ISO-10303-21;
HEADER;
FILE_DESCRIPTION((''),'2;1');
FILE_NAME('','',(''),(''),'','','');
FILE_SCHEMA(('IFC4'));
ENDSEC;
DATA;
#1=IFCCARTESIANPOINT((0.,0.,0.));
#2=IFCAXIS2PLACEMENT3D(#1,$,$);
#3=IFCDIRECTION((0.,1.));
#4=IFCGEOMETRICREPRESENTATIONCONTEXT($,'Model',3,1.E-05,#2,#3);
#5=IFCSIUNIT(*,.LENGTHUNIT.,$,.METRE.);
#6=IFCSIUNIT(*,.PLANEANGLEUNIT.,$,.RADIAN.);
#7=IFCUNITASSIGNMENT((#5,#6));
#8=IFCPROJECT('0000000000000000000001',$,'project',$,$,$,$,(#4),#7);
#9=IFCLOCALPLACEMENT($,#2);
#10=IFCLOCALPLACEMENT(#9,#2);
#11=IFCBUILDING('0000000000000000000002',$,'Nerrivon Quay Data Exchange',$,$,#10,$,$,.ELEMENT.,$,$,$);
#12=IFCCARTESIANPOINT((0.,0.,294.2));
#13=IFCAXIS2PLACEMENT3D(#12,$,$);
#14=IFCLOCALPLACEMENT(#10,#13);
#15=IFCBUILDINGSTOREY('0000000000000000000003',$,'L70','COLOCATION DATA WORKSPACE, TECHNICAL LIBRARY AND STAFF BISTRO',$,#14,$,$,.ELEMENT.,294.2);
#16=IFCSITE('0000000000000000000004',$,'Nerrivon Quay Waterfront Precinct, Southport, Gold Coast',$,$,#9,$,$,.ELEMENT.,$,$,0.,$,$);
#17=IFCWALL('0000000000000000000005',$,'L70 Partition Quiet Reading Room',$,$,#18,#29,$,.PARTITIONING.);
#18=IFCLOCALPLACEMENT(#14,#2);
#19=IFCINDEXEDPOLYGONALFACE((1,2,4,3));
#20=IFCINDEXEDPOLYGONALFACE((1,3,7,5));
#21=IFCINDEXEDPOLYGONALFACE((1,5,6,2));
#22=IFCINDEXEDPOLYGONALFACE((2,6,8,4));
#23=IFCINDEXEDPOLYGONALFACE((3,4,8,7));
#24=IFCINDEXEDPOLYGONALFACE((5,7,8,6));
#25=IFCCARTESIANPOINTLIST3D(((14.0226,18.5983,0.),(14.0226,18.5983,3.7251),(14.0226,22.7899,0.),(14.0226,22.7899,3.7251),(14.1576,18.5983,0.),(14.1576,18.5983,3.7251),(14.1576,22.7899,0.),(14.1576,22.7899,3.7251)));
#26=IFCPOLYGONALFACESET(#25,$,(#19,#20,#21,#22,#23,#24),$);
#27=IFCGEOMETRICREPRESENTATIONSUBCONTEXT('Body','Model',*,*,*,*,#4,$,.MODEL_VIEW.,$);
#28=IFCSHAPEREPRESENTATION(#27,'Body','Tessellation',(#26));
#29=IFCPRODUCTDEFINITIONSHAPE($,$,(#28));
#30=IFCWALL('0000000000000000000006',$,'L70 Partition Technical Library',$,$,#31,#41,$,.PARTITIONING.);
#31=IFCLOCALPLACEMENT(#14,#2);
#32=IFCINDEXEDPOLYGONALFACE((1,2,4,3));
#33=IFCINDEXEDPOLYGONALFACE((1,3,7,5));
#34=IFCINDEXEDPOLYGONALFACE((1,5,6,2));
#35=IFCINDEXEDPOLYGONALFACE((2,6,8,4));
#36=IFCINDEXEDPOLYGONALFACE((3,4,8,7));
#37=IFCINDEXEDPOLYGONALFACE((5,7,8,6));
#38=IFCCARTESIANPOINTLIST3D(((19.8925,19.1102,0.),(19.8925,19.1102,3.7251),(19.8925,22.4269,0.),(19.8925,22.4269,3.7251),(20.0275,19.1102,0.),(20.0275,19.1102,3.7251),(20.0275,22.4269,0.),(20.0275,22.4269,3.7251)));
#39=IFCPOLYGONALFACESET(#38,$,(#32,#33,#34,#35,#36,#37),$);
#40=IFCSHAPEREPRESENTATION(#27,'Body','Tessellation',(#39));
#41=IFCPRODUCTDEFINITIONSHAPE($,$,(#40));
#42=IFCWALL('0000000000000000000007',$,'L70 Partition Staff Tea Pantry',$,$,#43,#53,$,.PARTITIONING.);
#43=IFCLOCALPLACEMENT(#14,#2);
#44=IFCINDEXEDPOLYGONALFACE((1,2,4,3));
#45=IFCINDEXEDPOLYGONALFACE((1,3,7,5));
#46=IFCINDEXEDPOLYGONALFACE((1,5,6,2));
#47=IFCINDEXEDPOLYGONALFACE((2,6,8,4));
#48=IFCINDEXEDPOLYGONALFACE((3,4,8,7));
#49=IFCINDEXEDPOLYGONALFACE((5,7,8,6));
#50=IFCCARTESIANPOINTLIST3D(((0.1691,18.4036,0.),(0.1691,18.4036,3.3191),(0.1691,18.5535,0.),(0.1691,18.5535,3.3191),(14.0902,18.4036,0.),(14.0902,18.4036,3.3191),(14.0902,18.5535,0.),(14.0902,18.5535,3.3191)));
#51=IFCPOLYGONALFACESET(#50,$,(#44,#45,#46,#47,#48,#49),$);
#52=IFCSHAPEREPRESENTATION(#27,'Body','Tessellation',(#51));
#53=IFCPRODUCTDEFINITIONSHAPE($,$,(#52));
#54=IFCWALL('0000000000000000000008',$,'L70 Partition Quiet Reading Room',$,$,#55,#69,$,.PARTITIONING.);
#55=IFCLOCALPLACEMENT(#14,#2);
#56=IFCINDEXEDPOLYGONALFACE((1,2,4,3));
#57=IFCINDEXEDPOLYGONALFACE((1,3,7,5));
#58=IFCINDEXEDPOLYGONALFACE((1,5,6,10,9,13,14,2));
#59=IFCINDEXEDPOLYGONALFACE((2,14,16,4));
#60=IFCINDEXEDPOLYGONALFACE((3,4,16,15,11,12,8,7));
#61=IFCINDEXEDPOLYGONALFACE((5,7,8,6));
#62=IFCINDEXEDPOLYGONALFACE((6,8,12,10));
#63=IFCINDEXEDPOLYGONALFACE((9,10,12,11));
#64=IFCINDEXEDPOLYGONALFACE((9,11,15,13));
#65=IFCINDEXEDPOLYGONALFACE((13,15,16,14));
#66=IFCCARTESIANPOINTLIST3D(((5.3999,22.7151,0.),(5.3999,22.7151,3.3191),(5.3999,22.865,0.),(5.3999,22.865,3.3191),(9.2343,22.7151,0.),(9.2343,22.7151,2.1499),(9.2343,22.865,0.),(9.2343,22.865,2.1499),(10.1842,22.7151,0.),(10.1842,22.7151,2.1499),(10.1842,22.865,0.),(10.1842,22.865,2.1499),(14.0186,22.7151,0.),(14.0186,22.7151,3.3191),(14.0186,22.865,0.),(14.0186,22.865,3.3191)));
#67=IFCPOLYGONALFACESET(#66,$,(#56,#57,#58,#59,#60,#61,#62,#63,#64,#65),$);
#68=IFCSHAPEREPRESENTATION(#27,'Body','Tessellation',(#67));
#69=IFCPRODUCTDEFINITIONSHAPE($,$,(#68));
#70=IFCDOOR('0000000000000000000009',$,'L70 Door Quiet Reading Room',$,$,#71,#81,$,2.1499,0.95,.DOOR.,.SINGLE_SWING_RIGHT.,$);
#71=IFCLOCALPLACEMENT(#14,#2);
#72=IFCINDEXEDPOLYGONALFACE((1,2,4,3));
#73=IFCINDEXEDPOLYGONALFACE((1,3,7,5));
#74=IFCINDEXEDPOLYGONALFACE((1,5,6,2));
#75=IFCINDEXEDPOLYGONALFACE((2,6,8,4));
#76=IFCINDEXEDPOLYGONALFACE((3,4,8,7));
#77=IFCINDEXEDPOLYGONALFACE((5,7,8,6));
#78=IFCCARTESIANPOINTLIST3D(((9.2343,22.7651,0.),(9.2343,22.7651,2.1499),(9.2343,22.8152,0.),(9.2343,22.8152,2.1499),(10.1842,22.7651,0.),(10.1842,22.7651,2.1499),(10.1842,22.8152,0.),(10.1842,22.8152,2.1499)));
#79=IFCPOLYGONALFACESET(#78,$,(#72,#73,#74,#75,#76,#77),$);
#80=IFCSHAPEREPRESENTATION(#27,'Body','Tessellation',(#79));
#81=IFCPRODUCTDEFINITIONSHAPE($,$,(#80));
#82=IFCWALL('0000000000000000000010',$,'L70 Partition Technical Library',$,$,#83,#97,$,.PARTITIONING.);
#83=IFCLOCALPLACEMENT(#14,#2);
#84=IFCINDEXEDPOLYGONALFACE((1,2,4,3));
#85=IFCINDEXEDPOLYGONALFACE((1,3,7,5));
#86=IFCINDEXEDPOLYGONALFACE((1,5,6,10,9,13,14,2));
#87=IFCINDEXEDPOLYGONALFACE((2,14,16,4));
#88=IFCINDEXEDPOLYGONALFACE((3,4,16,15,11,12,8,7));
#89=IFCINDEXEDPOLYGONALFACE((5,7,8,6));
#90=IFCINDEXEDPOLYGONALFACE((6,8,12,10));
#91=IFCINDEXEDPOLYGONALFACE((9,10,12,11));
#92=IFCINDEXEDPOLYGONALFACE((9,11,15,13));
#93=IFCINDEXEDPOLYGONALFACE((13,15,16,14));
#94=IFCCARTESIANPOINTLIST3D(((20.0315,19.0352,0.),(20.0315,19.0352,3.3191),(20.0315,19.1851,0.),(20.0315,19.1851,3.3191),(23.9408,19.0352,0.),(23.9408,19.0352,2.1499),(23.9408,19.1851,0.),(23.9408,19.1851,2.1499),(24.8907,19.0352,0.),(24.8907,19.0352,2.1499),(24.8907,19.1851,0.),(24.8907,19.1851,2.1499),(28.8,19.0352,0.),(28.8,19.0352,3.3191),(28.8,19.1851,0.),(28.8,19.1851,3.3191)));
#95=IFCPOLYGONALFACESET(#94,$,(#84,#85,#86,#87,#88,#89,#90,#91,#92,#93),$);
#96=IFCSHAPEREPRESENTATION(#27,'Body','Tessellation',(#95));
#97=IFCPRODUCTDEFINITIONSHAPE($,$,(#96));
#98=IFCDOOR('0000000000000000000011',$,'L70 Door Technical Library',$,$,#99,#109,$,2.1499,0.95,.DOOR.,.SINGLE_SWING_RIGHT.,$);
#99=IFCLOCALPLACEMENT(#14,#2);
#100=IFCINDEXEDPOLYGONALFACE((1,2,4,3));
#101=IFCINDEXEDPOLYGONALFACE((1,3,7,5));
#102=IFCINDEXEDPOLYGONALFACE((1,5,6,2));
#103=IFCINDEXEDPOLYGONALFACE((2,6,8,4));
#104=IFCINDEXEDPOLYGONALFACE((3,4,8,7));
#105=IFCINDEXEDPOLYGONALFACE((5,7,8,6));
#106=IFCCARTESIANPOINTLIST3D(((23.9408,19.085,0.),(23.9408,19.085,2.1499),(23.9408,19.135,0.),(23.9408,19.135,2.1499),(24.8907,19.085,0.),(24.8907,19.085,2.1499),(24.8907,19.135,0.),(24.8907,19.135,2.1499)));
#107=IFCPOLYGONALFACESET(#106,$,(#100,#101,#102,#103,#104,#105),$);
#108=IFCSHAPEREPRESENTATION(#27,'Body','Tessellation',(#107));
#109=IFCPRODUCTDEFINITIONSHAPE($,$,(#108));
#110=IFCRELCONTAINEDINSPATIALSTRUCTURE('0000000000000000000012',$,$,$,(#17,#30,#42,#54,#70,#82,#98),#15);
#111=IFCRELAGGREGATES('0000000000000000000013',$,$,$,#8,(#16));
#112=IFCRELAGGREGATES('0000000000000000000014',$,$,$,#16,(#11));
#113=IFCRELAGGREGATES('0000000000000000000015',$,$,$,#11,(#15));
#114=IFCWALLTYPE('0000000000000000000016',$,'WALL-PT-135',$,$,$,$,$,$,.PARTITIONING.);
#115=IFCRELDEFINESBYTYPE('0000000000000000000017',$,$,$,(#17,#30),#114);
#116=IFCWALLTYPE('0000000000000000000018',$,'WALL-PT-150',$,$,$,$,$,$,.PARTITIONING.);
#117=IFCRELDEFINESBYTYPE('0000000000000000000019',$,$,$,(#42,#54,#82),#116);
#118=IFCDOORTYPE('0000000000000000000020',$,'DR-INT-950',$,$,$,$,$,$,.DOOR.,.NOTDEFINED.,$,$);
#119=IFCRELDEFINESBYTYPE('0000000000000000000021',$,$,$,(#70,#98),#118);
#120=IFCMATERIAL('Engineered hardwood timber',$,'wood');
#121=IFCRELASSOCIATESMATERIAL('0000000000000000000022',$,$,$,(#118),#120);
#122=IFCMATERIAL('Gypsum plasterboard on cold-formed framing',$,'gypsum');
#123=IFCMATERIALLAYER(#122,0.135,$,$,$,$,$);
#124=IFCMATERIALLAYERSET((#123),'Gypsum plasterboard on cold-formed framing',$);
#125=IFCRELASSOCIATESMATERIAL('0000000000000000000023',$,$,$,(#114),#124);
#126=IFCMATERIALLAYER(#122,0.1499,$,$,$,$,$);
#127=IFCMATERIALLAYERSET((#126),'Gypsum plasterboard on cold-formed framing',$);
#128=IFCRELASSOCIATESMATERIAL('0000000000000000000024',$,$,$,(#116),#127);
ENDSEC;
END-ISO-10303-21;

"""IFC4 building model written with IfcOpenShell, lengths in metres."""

from ifc_helpers import new_model, si_unit, direction, frame, frame_2d, origin, place, context, subcontext, project, spatial, rectangle, extrude, material, layer, layer_set, type_object, element, fill, save


model = new_model("IFC4")

# Units and contexts
model_context = context("Model", 3, precision=1e-05, world=origin(), true_north=direction((0.0, 1.0)))
body_context = subcontext(model_context, "Body", "Model", "MODEL_VIEW")
ifc_project = project(units=[si_unit("LENGTHUNIT", "METRE"), si_unit("PLANEANGLEUNIT", "RADIAN")], contexts=[model_context])

# Site, building, storey
site_placement = place(None, origin())
site = spatial("IfcSite", under=ifc_project, at=site_placement, Name="Nerrivon Quay Waterfront Precinct, Southport, Gold Coast", CompositionType="ELEMENT", RefElevation=0.0)
building_placement = place(site_placement, origin())
building = spatial("IfcBuilding", under=site, at=building_placement, Name="Nerrivon Quay Data Exchange", CompositionType="ELEMENT")
storey_placement = place(building_placement, frame((0.0, 0.0, 294.2)))
storey = spatial("IfcBuildingStorey", under=building, at=storey_placement, Name="L70", Description="COLOCATION DATA WORKSPACE, TECHNICAL LIBRARY AND STAFF BISTRO", CompositionType="ELEMENT", Elevation=294.2)

# Shared definitions
ifc_material_1 = material(Name="Gypsum plasterboard on cold-formed framing", Category="gypsum")

# Shared definitions
ifc_material_2 = material(Name="Engineered hardwood timber", Category="wood")
door_type = type_object("IfcDoorType", Name="DR-INT-950", OperationType="NOTDEFINED", PredefinedType="DOOR", material=ifc_material_2)

# Walls
ifc_layer_1 = layer(ifc_material_1, 0.135)
ifc_layer_set_1 = layer_set([ifc_layer_1], Name="Gypsum plasterboard on cold-formed framing")
wall_type_1 = type_object("IfcWallType", Name="WALL-PT-135", PredefinedType="PARTITIONING", material=ifc_layer_set_1)
wall_1_placement = place(storey_placement, frame((14.0901, 18.5984, 0.0), z_axis=(0.0, 0.0, 1.0), x_axis=(0.0, 1.0, 0.0)))
element("IfcWall", 1, at=wall_1_placement, inside=storey, type_object=wall_type_1, Name="L70 Partition Quiet Reading Room", PredefinedType="PARTITIONING", context=body_context, shape_type="SweptSolid", body=[
    extrude(rectangle(XDim=4.1917, YDim=0.135, at=frame_2d((2.0957, 0.0))), origin(), (0.0, 0.0, 1.0), 3.7251),
])
wall_2_placement = place(storey_placement, frame((19.96, 22.4268, 0.0), z_axis=(0.0, 0.0, 1.0), x_axis=(0.0, -1.0, 0.0)))
element("IfcWall", 2, at=wall_2_placement, inside=storey, type_object=wall_type_1, Name="L70 Partition Technical Library", PredefinedType="PARTITIONING", context=body_context, shape_type="SweptSolid", body=[
    extrude(rectangle(XDim=3.3167, YDim=0.135, at=frame_2d((1.6582, 0.0))), origin(), (0.0, 0.0, 1.0), 3.7251),
])
ifc_layer_2 = layer(ifc_material_1, 0.1499)
ifc_layer_set_2 = layer_set([ifc_layer_2], Name="Gypsum plasterboard on cold-formed framing")
wall_type_2 = type_object("IfcWallType", Name="WALL-PT-150", PredefinedType="PARTITIONING", material=ifc_layer_set_2)
wall_3_placement = place(storey_placement, frame((14.0901, 18.4785, 0.0), z_axis=(0.0, 0.0, 1.0), x_axis=(-1.0, 0.0, 0.0)))
element("IfcWall", 3, at=wall_3_placement, inside=storey, type_object=wall_type_2, Name="L70 Partition Staff Tea Pantry", PredefinedType="PARTITIONING", context=body_context, shape_type="SweptSolid", body=[
    extrude(rectangle(XDim=13.9211, YDim=0.1499, at=frame_2d((6.9604, 0.0))), origin(), (0.0, 0.0, 1.0), 3.3191),
])

# Walls, openings, doors
wall_4_placement = place(storey_placement, frame((14.0186, 22.79, 0.0), z_axis=(0.0, 0.0, 1.0), x_axis=(-1.0, 0.0, 0.0)))
wall_4 = element("IfcWall", 4, at=wall_4_placement, inside=storey, type_object=wall_type_2, Name="L70 Partition Quiet Reading Room", PredefinedType="PARTITIONING", context=body_context, shape_type="SweptSolid", body=[
    extrude(rectangle(XDim=8.6187, YDim=0.1499, at=frame_2d((4.3093, 0.0))), origin(), (0.0, 0.0, 1.0), 3.3191),
])
opening_1_placement = place(wall_4_placement, frame((3.8342, 0.0, 0.0)))
opening_1 = element("IfcOpeningElement", 5, at=opening_1_placement, cuts=wall_4, PredefinedType="OPENING", context=body_context, shape_type="SweptSolid", body=[
    extrude(rectangle(XDim=0.95, YDim=2.1499, at=frame_2d((0.4751, 1.075))), frame((0.0, 0.085, 0.0), z_axis=(0.0, -1.0, 0.0), x_axis=(1.0, 0.0, 0.0)), (0.0, 0.0, 1.0), 0.1699),
])
door_1_placement = place(opening_1_placement, origin())
door_1 = element("IfcDoor", 6, at=door_1_placement, inside=storey, type_object=door_type, Name="L70 Door Quiet Reading Room", OperationType="SINGLE_SWING_RIGHT", OverallHeight=2.1499, OverallWidth=0.95, PredefinedType="DOOR", context=body_context, shape_type="SweptSolid", body=[
    extrude(rectangle(XDim=0.95, YDim=2.1499, at=frame_2d((0.4751, 1.075))), frame((0.0, 0.0249, 0.0), z_axis=(0.0, -1.0, 0.0), x_axis=(1.0, 0.0, 0.0)), (0.0, 0.0, 1.0), 0.05),
])
fill(opening_1, door_1)
wall_5_placement = place(storey_placement, frame((20.0315, 19.1101, 0.0), z_axis=(0.0, 0.0, 1.0), x_axis=(1.0, 0.0, 0.0)))
wall_5 = element("IfcWall", 7, at=wall_5_placement, inside=storey, type_object=wall_type_2, Name="L70 Partition Technical Library", PredefinedType="PARTITIONING", context=body_context, shape_type="SweptSolid", body=[
    extrude(rectangle(XDim=8.7686, YDim=0.1499, at=frame_2d((4.3843, 0.0))), origin(), (0.0, 0.0, 1.0), 3.3191),
])
opening_2_placement = place(wall_5_placement, frame((3.9092, 0.0, 0.0)))
opening_2 = element("IfcOpeningElement", 8, at=opening_2_placement, cuts=wall_5, PredefinedType="OPENING", context=body_context, shape_type="SweptSolid", body=[
    extrude(rectangle(XDim=0.95, YDim=2.1499, at=frame_2d((0.4751, 1.075))), frame((0.0, 0.085, 0.0), z_axis=(0.0, -1.0, 0.0), x_axis=(1.0, 0.0, 0.0)), (0.0, 0.0, 1.0), 0.1699),
])
door_2_placement = place(opening_2_placement, origin())
door_2 = element("IfcDoor", 9, at=door_2_placement, inside=storey, type_object=door_type, Name="L70 Door Technical Library", OperationType="SINGLE_SWING_RIGHT", OverallHeight=2.1499, OverallWidth=0.95, PredefinedType="DOOR", context=body_context, shape_type="SweptSolid", body=[
    extrude(rectangle(XDim=0.95, YDim=2.1499, at=frame_2d((0.4751, 1.075))), frame((0.0, 0.0249, 0.0), z_axis=(0.0, -1.0, 0.0), x_axis=(1.0, 0.0, 0.0)), (0.0, 0.0, 1.0), 0.05),
])
fill(opening_2, door_2)

save(model, "model.ifc")
